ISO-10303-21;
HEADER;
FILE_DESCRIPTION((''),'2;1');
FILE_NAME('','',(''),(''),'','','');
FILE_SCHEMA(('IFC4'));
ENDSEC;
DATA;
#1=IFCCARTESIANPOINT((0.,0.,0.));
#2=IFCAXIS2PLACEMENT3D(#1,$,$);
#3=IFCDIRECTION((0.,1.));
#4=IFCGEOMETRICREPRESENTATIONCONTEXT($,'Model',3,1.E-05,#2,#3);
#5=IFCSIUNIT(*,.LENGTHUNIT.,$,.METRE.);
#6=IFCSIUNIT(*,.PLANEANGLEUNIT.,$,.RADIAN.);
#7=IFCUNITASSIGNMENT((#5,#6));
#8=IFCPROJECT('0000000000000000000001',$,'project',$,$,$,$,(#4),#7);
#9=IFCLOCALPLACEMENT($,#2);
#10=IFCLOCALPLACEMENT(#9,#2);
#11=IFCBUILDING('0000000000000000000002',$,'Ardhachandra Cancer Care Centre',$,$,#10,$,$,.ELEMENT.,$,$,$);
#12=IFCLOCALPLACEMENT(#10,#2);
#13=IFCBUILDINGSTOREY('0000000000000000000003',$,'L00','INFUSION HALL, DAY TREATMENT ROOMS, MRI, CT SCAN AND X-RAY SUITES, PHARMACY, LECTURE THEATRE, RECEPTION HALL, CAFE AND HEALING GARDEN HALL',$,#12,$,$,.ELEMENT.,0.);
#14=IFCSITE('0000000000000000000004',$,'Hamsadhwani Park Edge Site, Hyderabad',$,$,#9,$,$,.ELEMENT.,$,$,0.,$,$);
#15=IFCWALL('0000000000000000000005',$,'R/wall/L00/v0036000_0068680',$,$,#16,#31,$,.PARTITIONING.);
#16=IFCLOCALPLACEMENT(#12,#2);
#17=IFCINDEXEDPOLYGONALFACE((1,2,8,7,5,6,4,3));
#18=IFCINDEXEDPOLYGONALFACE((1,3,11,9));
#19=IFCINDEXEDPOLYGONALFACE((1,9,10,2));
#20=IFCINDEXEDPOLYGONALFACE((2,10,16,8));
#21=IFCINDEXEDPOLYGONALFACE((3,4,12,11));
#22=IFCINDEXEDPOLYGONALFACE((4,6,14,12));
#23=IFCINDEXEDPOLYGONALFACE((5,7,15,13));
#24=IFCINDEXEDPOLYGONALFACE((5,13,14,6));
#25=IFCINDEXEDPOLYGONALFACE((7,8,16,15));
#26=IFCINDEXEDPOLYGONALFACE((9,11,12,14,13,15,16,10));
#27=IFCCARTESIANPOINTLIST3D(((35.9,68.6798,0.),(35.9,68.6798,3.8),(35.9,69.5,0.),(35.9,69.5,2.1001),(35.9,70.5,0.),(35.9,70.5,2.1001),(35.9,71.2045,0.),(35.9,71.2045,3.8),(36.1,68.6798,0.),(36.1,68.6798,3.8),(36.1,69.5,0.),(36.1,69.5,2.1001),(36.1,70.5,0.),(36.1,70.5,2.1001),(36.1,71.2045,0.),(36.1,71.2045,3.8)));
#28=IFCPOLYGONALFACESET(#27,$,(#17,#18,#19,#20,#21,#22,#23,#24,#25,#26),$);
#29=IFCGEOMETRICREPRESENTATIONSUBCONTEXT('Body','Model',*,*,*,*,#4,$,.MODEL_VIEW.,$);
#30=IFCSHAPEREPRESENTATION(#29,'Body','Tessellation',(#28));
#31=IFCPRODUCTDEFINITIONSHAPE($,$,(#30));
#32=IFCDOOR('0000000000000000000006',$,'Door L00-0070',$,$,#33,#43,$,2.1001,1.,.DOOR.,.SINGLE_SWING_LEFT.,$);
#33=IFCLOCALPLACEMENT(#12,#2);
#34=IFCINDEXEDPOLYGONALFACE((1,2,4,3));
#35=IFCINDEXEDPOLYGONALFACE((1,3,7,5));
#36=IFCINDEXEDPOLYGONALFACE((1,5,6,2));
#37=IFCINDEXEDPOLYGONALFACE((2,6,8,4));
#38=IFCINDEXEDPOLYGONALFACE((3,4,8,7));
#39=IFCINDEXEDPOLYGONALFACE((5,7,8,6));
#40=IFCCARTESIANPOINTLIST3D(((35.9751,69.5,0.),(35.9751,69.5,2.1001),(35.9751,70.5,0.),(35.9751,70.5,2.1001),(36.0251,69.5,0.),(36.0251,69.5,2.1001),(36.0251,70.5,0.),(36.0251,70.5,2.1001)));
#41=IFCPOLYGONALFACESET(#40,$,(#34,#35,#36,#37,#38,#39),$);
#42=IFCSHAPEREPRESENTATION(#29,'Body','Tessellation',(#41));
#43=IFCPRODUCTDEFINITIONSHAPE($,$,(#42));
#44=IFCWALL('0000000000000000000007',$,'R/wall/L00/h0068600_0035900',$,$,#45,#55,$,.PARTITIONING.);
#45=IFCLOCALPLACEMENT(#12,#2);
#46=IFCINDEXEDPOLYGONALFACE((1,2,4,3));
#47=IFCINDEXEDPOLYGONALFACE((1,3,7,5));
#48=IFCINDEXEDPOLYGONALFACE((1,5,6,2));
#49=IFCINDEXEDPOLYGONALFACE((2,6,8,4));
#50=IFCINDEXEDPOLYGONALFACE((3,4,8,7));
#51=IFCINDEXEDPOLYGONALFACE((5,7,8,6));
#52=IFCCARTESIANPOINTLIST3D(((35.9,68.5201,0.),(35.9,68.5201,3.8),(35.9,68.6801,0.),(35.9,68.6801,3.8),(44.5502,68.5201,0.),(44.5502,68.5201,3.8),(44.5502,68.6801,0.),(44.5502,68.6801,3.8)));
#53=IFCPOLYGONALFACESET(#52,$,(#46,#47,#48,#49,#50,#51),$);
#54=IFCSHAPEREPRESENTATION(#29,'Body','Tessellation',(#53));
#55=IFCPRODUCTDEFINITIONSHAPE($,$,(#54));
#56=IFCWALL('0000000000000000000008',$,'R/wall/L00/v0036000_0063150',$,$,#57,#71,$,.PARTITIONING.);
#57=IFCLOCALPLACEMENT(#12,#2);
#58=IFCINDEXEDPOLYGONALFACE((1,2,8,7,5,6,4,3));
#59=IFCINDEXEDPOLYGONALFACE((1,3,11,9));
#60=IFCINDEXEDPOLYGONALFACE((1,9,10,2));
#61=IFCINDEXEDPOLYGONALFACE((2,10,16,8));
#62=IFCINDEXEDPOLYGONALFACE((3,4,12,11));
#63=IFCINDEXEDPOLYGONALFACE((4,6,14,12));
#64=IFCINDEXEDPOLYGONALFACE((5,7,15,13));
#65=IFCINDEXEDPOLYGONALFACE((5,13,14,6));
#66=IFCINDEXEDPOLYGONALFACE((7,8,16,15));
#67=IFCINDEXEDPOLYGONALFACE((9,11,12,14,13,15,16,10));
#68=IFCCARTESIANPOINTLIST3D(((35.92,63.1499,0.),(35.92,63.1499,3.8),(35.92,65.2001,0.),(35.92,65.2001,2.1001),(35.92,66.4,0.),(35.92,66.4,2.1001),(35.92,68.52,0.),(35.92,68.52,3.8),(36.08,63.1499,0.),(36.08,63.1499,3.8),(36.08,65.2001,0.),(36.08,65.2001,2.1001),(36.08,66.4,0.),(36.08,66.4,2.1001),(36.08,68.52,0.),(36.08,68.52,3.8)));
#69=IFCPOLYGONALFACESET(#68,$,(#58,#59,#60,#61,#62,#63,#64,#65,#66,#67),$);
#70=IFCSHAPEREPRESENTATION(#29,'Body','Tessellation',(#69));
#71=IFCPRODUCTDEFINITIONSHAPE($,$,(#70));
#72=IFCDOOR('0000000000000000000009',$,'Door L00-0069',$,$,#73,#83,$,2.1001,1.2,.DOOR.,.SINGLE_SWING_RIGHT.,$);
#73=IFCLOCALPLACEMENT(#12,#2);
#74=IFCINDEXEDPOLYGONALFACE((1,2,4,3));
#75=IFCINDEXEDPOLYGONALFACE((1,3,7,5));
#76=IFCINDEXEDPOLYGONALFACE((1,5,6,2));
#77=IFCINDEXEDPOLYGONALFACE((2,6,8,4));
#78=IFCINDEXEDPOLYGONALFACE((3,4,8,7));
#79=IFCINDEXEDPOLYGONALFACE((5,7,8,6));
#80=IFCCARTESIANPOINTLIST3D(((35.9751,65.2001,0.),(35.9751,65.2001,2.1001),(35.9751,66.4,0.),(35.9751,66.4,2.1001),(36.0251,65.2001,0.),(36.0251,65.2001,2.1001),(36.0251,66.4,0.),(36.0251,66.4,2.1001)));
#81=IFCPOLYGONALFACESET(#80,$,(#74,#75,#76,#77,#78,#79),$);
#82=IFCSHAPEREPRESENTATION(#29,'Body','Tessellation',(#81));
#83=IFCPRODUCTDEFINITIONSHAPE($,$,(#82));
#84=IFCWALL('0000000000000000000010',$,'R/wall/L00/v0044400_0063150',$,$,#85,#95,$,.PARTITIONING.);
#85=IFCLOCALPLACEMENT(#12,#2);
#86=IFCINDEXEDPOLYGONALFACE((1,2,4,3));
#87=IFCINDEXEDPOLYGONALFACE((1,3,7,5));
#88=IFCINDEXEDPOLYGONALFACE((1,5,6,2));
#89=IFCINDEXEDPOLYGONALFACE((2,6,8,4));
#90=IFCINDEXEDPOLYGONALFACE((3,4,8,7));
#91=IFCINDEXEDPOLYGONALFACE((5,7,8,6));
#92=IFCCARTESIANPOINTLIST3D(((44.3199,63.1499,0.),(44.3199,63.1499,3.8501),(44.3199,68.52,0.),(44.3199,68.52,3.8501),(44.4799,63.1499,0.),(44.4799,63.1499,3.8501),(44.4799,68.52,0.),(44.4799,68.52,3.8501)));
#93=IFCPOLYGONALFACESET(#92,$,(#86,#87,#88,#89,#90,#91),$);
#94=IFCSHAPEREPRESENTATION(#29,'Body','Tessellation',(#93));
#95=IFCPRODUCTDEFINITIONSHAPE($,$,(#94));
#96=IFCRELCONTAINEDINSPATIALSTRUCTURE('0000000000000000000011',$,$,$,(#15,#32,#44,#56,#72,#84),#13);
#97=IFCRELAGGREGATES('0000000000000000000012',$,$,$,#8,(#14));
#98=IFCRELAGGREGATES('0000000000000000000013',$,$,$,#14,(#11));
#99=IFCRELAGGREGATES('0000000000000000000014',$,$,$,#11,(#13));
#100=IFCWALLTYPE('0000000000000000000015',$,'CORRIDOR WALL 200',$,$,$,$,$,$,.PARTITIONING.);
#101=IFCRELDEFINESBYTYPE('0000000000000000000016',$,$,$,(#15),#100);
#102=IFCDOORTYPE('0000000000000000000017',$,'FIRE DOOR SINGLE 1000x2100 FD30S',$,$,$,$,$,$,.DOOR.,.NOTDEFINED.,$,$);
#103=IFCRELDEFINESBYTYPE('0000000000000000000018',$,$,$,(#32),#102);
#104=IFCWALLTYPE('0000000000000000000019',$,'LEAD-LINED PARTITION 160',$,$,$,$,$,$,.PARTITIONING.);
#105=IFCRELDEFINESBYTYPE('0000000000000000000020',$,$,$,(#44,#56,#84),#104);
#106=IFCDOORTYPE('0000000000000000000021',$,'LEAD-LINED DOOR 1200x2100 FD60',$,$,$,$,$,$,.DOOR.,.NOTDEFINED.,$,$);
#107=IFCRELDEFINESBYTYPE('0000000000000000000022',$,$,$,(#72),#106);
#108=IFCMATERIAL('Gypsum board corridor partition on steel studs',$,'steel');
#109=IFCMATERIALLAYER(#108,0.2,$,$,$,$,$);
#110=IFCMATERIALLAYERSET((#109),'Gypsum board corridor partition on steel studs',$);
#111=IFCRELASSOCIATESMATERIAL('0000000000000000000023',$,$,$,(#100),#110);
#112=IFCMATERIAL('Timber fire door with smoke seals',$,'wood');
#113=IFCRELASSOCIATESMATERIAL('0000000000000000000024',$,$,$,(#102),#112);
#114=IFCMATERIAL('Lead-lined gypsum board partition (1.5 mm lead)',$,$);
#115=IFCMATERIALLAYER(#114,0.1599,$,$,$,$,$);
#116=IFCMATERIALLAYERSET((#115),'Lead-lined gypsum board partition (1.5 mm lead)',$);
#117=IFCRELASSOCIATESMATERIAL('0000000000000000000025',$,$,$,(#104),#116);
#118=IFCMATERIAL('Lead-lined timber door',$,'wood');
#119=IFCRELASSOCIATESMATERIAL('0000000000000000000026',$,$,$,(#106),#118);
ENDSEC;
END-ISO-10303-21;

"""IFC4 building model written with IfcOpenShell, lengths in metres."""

from ifc_helpers import new_model, si_unit, direction, frame, frame_2d, origin, place, context, subcontext, project, spatial, rectangle, extrude, material, layer, layer_set, type_object, element, fill, save


model = new_model("IFC4")

# Units and contexts
model_context = context("Model", 3, precision=1e-05, world=origin(), true_north=direction((0.0, 1.0)))
body_context = subcontext(model_context, "Body", "Model", "MODEL_VIEW")
ifc_project = project(units=[si_unit("LENGTHUNIT", "METRE"), si_unit("PLANEANGLEUNIT", "RADIAN")], contexts=[model_context])

# Site, building, storey
site_placement = place(None, origin())
site = spatial("IfcSite", under=ifc_project, at=site_placement, Name="Hamsadhwani Park Edge Site, Hyderabad", CompositionType="ELEMENT", RefElevation=0.0)
building_placement = place(site_placement, origin())
building = spatial("IfcBuilding", under=site, at=building_placement, Name="Ardhachandra Cancer Care Centre", CompositionType="ELEMENT")
storey_placement = place(building_placement, origin())
storey = spatial("IfcBuildingStorey", under=building, at=storey_placement, Name="L00", Description="INFUSION HALL, DAY TREATMENT ROOMS, MRI, CT SCAN AND X-RAY SUITES, PHARMACY, LECTURE THEATRE, RECEPTION HALL, CAFE AND HEALING GARDEN HALL", CompositionType="ELEMENT", Elevation=0.0)

# Shared definitions
ifc_material_1 = material(Name="Gypsum board corridor partition on steel studs", Category="steel")
ifc_layer_1 = layer(ifc_material_1, 0.2)
ifc_layer_set_1 = layer_set([ifc_layer_1], Name="Gypsum board corridor partition on steel studs")
wall_type_1 = type_object("IfcWallType", Name="CORRIDOR WALL 200", PredefinedType="PARTITIONING", material=ifc_layer_set_1)
ifc_material_2 = material(Name="Timber fire door with smoke seals", Category="wood")
door_type_1 = type_object("IfcDoorType", Name="FIRE DOOR SINGLE 1000x2100 FD30S", OperationType="NOTDEFINED", PredefinedType="DOOR", material=ifc_material_2)

# Wall, opening, door
wall_1_placement = place(storey_placement, frame((36.0, 68.6799, 0.0), z_axis=(0.0, 0.0, 1.0), x_axis=(0.0, 1.0, 0.0)))
wall_1 = element("IfcWall", 1, at=wall_1_placement, inside=storey, type_object=wall_type_1, Name="R/wall/L00/v0036000_0068680", PredefinedType="PARTITIONING", context=body_context, shape_type="SweptSolid", body=[
    extrude(rectangle(XDim=2.5247, YDim=0.2, at=frame_2d((1.2622, 0.0))), origin(), (0.0, 0.0, 1.0), 3.8),
])
opening_1_placement = place(wall_1_placement, frame((0.8201, 0.0, 0.0)))
opening_1 = element("IfcOpeningElement", 2, at=opening_1_placement, cuts=wall_1, PredefinedType="OPENING", context=body_context, shape_type="SweptSolid", body=[
    extrude(rectangle(XDim=1.0, YDim=2.1001, at=frame_2d((0.5, 1.05))), frame((0.0, 0.1099, 0.0), z_axis=(0.0, -1.0, 0.0), x_axis=(1.0, 0.0, 0.0)), (0.0, 0.0, 1.0), 0.22),
])
door_1_placement = place(opening_1_placement, origin())
door_1 = element("IfcDoor", 3, at=door_1_placement, inside=storey, type_object=door_type_1, Name="Door L00-0070", OperationType="SINGLE_SWING_LEFT", OverallHeight=2.1001, OverallWidth=1.0, PredefinedType="DOOR", context=body_context, shape_type="SweptSolid", body=[
    extrude(rectangle(XDim=1.0, YDim=2.1001, at=frame_2d((0.5, 1.05))), frame((0.0, 0.0249, 0.0), z_axis=(0.0, -1.0, 0.0), x_axis=(1.0, 0.0, 0.0)), (0.0, 0.0, 1.0), 0.05),
])
fill(opening_1, door_1)

# Wall
ifc_material_3 = material(Name="Lead-lined gypsum board partition (1.5 mm lead)")
ifc_layer_2 = layer(ifc_material_3, 0.1599)
ifc_layer_set_2 = layer_set([ifc_layer_2], Name="Lead-lined gypsum board partition (1.5 mm lead)")
wall_type_2 = type_object("IfcWallType", Name="LEAD-LINED PARTITION 160", PredefinedType="PARTITIONING", material=ifc_layer_set_2)
wall_2_placement = place(storey_placement, frame((35.8999, 68.6001, 0.0), z_axis=(0.0, 0.0, 1.0), x_axis=(1.0, 0.0, 0.0)))
element("IfcWall", 4, at=wall_2_placement, inside=storey, type_object=wall_type_2, Name="R/wall/L00/h0068600_0035900", PredefinedType="PARTITIONING", context=body_context, shape_type="SweptSolid", body=[
    extrude(rectangle(XDim=8.6501, YDim=0.1599, at=frame_2d((4.3252, 0.0))), origin(), (0.0, 0.0, 1.0), 3.8),
])

# Wall, opening, door
wall_3_placement = place(storey_placement, frame((36.0, 63.1499, 0.0), z_axis=(0.0, 0.0, 1.0), x_axis=(0.0, 1.0, 0.0)))
wall_3 = element("IfcWall", 5, at=wall_3_placement, inside=storey, type_object=wall_type_2, Name="R/wall/L00/v0036000_0063150", PredefinedType="PARTITIONING", context=body_context, shape_type="SweptSolid", body=[
    extrude(rectangle(XDim=5.3701, YDim=0.1599, at=frame_2d((2.6851, 0.0))), origin(), (0.0, 0.0, 1.0), 3.8),
])
opening_2_placement = place(wall_3_placement, frame((2.05, 0.0, 0.0)))
opening_2 = element("IfcOpeningElement", 6, at=opening_2_placement, cuts=wall_3, PredefinedType="OPENING", context=body_context, shape_type="SweptSolid", body=[
    extrude(rectangle(XDim=1.2, YDim=2.1001, at=frame_2d((0.6001, 1.05))), frame((0.0, 0.0898, 0.0), z_axis=(0.0, -1.0, 0.0), x_axis=(1.0, 0.0, 0.0)), (0.0, 0.0, 1.0), 0.1799),
])
ifc_material_4 = material(Name="Lead-lined timber door", Category="wood")
door_type_2 = type_object("IfcDoorType", Name="LEAD-LINED DOOR 1200x2100 FD60", OperationType="NOTDEFINED", PredefinedType="DOOR", material=ifc_material_4)
door_2_placement = place(opening_2_placement, origin())
door_2 = element("IfcDoor", 7, at=door_2_placement, inside=storey, type_object=door_type_2, Name="Door L00-0069", OperationType="SINGLE_SWING_RIGHT", OverallHeight=2.1001, OverallWidth=1.2, PredefinedType="DOOR", context=body_context, shape_type="SweptSolid", body=[
    extrude(rectangle(XDim=1.2, YDim=2.1001, at=frame_2d((0.6001, 1.05))), frame((0.0, 0.0249, 0.0), z_axis=(0.0, -1.0, 0.0), x_axis=(1.0, 0.0, 0.0)), (0.0, 0.0, 1.0), 0.05),
])
fill(opening_2, door_2)

# Wall
wall_4_placement = place(storey_placement, frame((44.3999, 63.1499, 0.0), z_axis=(0.0, 0.0, 1.0), x_axis=(0.0, 1.0, 0.0)))
element("IfcWall", 8, at=wall_4_placement, inside=storey, type_object=wall_type_2, Name="R/wall/L00/v0044400_0063150", PredefinedType="PARTITIONING", context=body_context, shape_type="SweptSolid", body=[
    extrude(rectangle(XDim=5.3701, YDim=0.1599, at=frame_2d((2.6851, 0.0))), origin(), (0.0, 0.0, 1.0), 3.8501),
])

save(model, "model.ifc")
